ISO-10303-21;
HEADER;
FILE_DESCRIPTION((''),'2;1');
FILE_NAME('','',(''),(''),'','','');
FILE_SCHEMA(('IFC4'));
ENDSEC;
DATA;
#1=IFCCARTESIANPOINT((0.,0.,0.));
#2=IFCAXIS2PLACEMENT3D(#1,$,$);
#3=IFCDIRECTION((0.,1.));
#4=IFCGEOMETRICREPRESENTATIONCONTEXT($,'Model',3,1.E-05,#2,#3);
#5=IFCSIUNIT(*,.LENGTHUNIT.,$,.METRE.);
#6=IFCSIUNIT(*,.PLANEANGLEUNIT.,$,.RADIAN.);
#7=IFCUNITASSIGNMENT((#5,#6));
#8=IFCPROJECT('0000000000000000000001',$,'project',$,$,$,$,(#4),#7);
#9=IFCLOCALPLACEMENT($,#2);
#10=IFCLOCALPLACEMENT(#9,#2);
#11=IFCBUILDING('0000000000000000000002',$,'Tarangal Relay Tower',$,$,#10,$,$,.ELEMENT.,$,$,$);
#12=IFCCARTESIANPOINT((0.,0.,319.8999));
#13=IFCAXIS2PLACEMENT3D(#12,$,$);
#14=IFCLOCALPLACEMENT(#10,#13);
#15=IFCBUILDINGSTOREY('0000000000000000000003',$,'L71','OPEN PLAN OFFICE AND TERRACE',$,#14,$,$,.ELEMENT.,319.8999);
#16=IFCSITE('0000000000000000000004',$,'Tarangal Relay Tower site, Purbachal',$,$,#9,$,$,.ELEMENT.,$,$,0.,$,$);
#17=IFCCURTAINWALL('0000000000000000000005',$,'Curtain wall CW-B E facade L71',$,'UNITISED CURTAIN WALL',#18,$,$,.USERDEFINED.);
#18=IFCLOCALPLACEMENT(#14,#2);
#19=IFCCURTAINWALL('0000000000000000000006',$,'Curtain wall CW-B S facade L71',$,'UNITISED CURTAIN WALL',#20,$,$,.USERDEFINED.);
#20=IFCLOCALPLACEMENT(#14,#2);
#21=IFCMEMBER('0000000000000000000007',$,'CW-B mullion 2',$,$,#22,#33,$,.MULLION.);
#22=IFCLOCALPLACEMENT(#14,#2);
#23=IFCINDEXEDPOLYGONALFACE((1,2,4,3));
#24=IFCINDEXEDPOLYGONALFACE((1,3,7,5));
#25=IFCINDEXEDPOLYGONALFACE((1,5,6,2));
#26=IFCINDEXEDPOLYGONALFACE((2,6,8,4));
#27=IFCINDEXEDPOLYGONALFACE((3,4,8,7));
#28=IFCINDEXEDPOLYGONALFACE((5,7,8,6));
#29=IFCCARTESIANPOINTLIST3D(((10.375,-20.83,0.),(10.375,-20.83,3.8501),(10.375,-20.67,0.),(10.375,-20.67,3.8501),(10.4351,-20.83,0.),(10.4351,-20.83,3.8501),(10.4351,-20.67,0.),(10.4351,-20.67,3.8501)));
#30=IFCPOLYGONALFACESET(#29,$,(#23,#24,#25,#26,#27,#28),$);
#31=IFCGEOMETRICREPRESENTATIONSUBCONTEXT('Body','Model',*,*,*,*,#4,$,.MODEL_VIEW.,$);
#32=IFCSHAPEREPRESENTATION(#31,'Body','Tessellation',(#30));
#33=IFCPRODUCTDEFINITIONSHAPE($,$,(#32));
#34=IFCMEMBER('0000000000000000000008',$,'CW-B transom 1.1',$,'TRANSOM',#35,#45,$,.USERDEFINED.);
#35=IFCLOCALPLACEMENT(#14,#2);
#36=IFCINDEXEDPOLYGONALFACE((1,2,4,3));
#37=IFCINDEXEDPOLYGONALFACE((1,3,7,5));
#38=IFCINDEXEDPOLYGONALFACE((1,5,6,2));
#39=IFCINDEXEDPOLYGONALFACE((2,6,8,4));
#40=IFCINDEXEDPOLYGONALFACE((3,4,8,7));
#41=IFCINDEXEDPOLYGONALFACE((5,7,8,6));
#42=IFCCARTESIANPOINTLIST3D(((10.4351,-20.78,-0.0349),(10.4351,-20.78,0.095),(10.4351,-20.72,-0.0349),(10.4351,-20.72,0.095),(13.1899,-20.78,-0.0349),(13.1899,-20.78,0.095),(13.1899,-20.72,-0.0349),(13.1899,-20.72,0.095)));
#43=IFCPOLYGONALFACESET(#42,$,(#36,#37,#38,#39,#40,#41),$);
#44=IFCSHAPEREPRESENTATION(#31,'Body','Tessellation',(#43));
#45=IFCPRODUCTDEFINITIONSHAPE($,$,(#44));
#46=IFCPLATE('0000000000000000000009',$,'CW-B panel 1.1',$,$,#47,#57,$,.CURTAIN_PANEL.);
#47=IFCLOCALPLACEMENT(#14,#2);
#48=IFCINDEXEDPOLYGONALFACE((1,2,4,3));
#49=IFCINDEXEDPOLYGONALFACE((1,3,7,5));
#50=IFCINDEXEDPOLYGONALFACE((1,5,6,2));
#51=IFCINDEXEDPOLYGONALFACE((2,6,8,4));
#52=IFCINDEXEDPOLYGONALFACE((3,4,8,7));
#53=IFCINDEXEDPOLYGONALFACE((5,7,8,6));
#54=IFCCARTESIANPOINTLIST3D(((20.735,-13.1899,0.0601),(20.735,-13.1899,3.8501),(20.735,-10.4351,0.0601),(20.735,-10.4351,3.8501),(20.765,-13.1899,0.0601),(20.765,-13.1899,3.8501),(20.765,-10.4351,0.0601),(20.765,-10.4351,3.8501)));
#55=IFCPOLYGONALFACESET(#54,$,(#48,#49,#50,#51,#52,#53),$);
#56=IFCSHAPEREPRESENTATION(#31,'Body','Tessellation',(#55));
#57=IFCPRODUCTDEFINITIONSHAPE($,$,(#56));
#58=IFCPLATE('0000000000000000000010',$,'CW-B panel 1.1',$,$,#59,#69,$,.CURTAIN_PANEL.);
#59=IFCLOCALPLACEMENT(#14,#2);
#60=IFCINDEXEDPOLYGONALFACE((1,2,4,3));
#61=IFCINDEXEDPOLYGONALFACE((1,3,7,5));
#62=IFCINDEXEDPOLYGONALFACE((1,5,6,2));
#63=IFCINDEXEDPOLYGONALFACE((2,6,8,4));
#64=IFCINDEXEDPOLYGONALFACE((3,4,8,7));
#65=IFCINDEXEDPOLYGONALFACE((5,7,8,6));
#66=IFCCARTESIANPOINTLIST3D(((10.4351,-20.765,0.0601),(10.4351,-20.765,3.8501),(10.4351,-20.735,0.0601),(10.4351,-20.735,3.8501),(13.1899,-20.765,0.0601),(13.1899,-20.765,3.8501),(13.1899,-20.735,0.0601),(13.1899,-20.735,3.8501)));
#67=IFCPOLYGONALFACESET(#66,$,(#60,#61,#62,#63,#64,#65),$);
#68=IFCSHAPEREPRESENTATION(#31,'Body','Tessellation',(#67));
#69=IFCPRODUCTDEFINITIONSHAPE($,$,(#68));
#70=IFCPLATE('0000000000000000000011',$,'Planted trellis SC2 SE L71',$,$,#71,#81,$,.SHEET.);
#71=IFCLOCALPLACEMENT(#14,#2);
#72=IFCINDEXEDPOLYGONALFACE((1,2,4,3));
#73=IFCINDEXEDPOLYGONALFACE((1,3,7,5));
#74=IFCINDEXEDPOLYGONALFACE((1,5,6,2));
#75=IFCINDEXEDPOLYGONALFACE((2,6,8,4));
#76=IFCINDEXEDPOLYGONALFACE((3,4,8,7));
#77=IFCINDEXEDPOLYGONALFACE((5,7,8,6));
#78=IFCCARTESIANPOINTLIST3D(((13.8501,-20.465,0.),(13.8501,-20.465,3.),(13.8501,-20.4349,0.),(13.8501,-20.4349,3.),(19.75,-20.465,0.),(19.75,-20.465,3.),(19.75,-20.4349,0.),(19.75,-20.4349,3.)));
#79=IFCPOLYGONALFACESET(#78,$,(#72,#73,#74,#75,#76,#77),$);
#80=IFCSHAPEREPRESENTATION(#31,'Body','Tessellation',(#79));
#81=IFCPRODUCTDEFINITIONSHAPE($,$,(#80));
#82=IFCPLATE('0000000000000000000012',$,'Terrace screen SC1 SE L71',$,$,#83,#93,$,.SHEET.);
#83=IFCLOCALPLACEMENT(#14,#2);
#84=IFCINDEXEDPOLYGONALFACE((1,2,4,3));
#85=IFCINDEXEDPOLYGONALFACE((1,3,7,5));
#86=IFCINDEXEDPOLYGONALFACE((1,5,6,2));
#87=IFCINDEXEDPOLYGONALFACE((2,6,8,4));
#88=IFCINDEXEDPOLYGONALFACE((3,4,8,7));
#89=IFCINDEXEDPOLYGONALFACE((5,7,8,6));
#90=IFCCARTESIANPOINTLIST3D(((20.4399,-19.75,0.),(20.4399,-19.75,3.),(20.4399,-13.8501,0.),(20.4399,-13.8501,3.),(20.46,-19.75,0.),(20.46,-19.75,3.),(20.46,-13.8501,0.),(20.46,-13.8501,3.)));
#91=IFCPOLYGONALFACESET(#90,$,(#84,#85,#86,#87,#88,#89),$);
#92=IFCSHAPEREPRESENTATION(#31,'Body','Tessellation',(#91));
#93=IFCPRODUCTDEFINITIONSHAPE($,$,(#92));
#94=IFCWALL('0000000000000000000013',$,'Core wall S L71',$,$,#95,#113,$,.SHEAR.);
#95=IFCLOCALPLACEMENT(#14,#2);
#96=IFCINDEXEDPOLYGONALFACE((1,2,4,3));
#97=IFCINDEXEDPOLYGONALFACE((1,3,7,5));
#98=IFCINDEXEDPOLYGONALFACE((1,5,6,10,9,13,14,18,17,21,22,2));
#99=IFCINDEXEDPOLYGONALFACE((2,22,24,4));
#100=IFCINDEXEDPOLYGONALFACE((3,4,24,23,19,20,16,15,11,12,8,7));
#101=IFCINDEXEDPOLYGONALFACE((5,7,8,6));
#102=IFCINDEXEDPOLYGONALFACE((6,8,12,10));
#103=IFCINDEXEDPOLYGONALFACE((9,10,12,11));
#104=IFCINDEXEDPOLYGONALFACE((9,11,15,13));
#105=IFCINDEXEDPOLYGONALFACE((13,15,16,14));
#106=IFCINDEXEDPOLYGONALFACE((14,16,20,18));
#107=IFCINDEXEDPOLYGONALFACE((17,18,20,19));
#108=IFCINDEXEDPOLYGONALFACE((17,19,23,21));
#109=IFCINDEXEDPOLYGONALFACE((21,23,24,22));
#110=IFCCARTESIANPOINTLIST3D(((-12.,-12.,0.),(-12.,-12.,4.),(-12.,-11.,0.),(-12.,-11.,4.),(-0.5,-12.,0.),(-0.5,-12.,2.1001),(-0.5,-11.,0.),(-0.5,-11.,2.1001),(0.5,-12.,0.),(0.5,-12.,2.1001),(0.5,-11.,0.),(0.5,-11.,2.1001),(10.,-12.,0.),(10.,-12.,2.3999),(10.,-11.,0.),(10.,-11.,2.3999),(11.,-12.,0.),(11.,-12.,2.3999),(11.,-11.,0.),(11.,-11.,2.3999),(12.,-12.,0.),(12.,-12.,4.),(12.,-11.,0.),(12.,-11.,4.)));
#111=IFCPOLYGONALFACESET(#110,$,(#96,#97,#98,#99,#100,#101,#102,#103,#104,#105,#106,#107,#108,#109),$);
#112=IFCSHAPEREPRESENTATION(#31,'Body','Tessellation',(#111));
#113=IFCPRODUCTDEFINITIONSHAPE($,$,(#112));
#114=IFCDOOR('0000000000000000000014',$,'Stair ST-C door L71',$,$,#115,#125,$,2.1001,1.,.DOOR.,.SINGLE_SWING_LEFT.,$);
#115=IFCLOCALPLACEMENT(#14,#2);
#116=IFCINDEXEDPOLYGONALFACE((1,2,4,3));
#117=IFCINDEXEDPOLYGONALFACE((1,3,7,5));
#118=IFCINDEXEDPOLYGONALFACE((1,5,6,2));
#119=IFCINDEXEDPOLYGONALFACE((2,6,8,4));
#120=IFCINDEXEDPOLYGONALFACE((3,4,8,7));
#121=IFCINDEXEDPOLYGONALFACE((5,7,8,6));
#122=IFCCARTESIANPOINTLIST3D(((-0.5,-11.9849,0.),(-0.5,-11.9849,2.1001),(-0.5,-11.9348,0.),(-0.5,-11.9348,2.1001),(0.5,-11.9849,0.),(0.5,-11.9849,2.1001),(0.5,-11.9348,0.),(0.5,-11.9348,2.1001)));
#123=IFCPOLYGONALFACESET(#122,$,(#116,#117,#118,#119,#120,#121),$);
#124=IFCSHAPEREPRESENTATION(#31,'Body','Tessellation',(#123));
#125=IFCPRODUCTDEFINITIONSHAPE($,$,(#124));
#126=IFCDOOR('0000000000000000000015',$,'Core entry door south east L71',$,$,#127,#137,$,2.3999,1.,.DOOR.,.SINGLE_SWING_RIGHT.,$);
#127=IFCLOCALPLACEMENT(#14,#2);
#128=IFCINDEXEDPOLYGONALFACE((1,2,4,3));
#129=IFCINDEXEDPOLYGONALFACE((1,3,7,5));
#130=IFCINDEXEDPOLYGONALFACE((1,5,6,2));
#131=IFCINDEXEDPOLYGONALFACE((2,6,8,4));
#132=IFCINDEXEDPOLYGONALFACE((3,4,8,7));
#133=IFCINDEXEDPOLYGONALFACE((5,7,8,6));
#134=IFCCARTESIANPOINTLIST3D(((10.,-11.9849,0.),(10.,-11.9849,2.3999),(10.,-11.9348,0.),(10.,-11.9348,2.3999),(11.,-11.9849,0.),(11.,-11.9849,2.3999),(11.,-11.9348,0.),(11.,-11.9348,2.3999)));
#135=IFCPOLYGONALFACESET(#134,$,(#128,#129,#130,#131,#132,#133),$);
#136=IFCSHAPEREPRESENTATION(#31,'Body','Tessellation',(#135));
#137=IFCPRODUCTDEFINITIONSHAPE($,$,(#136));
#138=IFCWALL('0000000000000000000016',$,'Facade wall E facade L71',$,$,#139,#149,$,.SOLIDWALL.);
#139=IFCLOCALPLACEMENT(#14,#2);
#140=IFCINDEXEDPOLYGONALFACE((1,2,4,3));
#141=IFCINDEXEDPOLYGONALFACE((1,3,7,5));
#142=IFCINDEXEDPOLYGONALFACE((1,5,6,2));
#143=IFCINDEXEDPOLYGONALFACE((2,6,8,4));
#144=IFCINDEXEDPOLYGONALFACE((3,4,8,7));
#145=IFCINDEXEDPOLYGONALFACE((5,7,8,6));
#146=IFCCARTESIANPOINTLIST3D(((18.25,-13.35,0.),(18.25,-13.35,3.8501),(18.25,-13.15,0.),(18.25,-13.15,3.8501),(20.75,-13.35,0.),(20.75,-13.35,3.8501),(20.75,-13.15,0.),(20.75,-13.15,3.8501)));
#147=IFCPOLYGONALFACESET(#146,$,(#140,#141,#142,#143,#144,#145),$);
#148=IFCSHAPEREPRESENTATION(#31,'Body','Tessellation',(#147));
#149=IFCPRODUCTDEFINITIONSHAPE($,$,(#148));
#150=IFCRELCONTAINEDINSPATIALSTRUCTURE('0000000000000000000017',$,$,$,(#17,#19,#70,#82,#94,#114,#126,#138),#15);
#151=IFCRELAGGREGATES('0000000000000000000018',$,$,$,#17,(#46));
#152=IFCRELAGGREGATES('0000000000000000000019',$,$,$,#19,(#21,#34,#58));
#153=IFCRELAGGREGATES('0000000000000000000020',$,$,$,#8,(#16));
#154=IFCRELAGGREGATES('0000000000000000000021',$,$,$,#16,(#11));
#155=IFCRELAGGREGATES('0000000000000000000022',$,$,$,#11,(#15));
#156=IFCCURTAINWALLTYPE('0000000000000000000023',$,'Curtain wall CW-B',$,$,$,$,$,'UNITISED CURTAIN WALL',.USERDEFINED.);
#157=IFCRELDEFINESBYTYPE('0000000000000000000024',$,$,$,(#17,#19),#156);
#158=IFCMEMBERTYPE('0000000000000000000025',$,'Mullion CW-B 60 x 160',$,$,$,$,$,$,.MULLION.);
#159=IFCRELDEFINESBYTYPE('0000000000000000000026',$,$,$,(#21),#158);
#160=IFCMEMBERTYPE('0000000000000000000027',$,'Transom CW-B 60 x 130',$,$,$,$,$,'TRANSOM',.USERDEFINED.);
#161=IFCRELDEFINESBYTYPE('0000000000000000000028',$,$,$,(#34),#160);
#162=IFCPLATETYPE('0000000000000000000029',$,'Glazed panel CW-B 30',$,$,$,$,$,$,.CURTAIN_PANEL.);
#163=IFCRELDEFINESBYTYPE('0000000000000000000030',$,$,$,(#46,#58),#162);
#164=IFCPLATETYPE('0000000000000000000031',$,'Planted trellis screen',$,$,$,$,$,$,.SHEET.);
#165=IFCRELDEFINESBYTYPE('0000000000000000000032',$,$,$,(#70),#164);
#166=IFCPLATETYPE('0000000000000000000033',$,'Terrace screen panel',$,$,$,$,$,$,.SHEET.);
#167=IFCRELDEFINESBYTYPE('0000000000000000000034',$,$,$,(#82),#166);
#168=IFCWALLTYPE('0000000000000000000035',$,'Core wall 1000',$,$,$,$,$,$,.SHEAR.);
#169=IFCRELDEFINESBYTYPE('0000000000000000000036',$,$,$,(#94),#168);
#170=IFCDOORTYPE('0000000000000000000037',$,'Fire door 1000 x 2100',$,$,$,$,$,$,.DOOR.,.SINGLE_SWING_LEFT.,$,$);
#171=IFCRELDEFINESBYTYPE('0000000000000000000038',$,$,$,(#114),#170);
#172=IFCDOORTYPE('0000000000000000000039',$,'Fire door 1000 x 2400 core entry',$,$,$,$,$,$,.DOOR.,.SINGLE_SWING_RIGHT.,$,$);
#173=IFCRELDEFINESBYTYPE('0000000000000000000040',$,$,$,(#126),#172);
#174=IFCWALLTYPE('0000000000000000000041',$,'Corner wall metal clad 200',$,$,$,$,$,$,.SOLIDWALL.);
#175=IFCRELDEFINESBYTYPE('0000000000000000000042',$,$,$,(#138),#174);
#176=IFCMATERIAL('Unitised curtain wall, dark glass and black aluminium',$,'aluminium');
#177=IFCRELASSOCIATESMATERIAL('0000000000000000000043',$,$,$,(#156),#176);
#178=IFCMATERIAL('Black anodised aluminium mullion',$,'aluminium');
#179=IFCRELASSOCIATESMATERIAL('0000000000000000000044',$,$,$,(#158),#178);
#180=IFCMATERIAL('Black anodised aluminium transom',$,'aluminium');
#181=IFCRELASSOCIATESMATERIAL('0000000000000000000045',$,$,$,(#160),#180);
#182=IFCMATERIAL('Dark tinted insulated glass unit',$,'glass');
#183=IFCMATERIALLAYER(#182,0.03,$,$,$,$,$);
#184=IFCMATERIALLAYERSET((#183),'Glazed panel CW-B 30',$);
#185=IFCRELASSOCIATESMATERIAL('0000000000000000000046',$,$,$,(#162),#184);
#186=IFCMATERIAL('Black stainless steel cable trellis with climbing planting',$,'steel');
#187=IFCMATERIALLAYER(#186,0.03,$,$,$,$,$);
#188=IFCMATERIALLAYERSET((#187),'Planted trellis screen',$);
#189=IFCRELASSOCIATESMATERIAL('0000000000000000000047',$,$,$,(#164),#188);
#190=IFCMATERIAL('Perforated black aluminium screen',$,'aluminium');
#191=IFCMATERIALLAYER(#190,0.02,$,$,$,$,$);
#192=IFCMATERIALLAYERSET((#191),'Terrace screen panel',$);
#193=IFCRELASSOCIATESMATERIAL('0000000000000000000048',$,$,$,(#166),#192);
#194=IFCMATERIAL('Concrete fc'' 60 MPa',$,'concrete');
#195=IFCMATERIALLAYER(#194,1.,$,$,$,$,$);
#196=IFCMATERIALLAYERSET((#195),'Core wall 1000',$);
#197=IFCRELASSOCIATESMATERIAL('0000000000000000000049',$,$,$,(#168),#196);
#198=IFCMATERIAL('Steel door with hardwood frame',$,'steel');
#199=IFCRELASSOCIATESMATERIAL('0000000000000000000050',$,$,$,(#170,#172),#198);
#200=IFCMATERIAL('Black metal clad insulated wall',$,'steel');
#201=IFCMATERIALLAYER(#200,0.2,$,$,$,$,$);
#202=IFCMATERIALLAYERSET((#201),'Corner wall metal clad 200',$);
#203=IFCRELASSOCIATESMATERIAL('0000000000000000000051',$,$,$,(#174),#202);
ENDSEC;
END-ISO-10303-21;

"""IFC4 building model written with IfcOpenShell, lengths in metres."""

from ifc_helpers import new_model, si_unit, direction, frame, frame_2d, origin, origin_2d, place, context, subcontext, project, spatial, rectangle, extrude, material, layer, layer_set, material_profile, profile_set, type_object, element, fill, aggregate, save


model = new_model("IFC4")

# Units and contexts
model_context = context("Model", 3, precision=1e-05, world=origin(), true_north=direction((0.0, 1.0)))
body_context = subcontext(model_context, "Body", "Model", "MODEL_VIEW")
ifc_project = project(units=[si_unit("LENGTHUNIT", "METRE"), si_unit("PLANEANGLEUNIT", "RADIAN")], contexts=[model_context])

# Site, building, storey
site_placement = place(None, origin())
site = spatial("IfcSite", under=ifc_project, at=site_placement, Name="Tarangal Relay Tower site, Purbachal", CompositionType="ELEMENT", RefElevation=0.0)
building_placement = place(site_placement, origin())
building = spatial("IfcBuilding", under=site, at=building_placement, Name="Tarangal Relay Tower", CompositionType="ELEMENT")
storey_placement = place(building_placement, frame((0.0, 0.0, 319.8999)))
storey = spatial("IfcBuildingStorey", under=building, at=storey_placement, Name="L71", Description="OPEN PLAN OFFICE AND TERRACE", CompositionType="ELEMENT", Elevation=319.8999)

# Curtain wall
ifc_material_1 = material(Name="Unitised curtain wall, dark glass and black aluminium", Category="aluminium")
curtain_wall_type = type_object("IfcCurtainWallType", Name="Curtain wall CW-B", ElementType="UNITISED CURTAIN WALL", PredefinedType="USERDEFINED", material=ifc_material_1)
curtain_wall_1_placement = place(storey_placement, origin())
curtain_wall_1 = element("IfcCurtainWall", 1, at=curtain_wall_1_placement, inside=storey, type_object=curtain_wall_type, Name="Curtain wall CW-B E facade L71", ObjectType="UNITISED CURTAIN WALL", PredefinedType="USERDEFINED")
ifc_material_2 = material(Name="Black anodised aluminium mullion", Category="aluminium")
ifc_material_profile_1 = material_profile(ifc_material_2, rectangle(XDim=0.1599, YDim=0.0601, at=origin_2d()), Name="CW-BM 60X160")
ifc_profile_set_1 = profile_set([ifc_material_profile_1], Name="Black anodised aluminium mullion")
member_type_1 = type_object("IfcMemberType", Name="Mullion CW-B 60 x 160", PredefinedType="MULLION", material=ifc_profile_set_1)

# Curtain wall, members
curtain_wall_2_placement = place(storey_placement, origin())
curtain_wall_2 = element("IfcCurtainWall", 2, at=curtain_wall_2_placement, inside=storey, type_object=curtain_wall_type, Name="Curtain wall CW-B S facade L71", ObjectType="UNITISED CURTAIN WALL", PredefinedType="USERDEFINED")
member_1_placement = place(storey_placement, frame((10.405, -20.75, 0.0), z_axis=(0.0, 0.0, 1.0), x_axis=(0.0, -1.0, 0.0)))
member_1 = element("IfcMember", 3, at=member_1_placement, type_object=member_type_1, Name="CW-B mullion 2", PredefinedType="MULLION", context=body_context, shape_type="SweptSolid", body=[
    extrude(rectangle(XDim=0.1599, YDim=0.0601, at=origin_2d()), origin(), (0.0, 0.0, 1.0), 3.8501),
])
ifc_material_3 = material(Name="Black anodised aluminium transom", Category="aluminium")
ifc_material_profile_2 = material_profile(ifc_material_3, rectangle(XDim=0.0601, YDim=0.1299, at=origin_2d()), Name="CW-BT 60X130")
ifc_profile_set_2 = profile_set([ifc_material_profile_2], Name="Black anodised aluminium transom")
member_type_2 = type_object("IfcMemberType", Name="Transom CW-B 60 x 130", ElementType="TRANSOM", PredefinedType="USERDEFINED", material=ifc_profile_set_2)
member_2_placement = place(storey_placement, frame((13.1899, -20.75, 0.03), z_axis=(-1.0, 0.0, 0.0), x_axis=(0.0, -1.0, 0.0)))
member_2 = element("IfcMember", 4, at=member_2_placement, type_object=member_type_2, Name="CW-B transom 1.1", ObjectType="TRANSOM", PredefinedType="USERDEFINED", context=body_context, shape_type="SweptSolid", body=[
    extrude(rectangle(XDim=0.0601, YDim=0.1299, at=origin_2d()), origin(), (0.0, 0.0, 1.0), 2.7549),
])

# Plates
ifc_material_4 = material(Name="Dark tinted insulated glass unit", Category="glass")
ifc_layer_1 = layer(ifc_material_4, 0.03)
ifc_layer_set_1 = layer_set([ifc_layer_1], Name="Glazed panel CW-B 30")
plate_type_1 = type_object("IfcPlateType", Name="Glazed panel CW-B 30", PredefinedType="CURTAIN_PANEL", material=ifc_layer_set_1)
plate_1_placement = place(storey_placement, frame((20.75, -11.8125, 0.0601), z_axis=(0.0, 0.0, 1.0), x_axis=(0.0, -1.0, 0.0)))
plate_1 = element("IfcPlate", 5, at=plate_1_placement, type_object=plate_type_1, Name="CW-B panel 1.1", PredefinedType="CURTAIN_PANEL", context=body_context, shape_type="SweptSolid", body=[
    extrude(rectangle(XDim=2.7549, YDim=0.03, at=origin_2d()), origin(), (0.0, 0.0, 1.0), 3.79),
])
aggregate(curtain_wall_1, [plate_1])
plate_2_placement = place(storey_placement, frame((11.8125, -20.75, 0.0601), z_axis=(0.0, 0.0, 1.0), x_axis=(-1.0, 0.0, 0.0)))
plate_2 = element("IfcPlate", 6, at=plate_2_placement, type_object=plate_type_1, Name="CW-B panel 1.1", PredefinedType="CURTAIN_PANEL", context=body_context, shape_type="SweptSolid", body=[
    extrude(rectangle(XDim=2.7549, YDim=0.03, at=origin_2d()), origin(), (0.0, 0.0, 1.0), 3.79),
])
aggregate(curtain_wall_2, [member_1, member_2, plate_2])

# Plates
ifc_material_5 = material(Name="Black stainless steel cable trellis with climbing planting", Category="steel")
ifc_layer_2 = layer(ifc_material_5, 0.03)
ifc_layer_set_2 = layer_set([ifc_layer_2], Name="Planted trellis screen")
plate_type_2 = type_object("IfcPlateType", Name="Planted trellis screen", PredefinedType="SHEET", material=ifc_layer_set_2)
plate_3_placement = place(storey_placement, frame((16.8, -20.45, 0.0), z_axis=(0.0, 0.0, 1.0), x_axis=(-1.0, 0.0, 0.0)))
element("IfcPlate", 7, at=plate_3_placement, inside=storey, type_object=plate_type_2, Name="Planted trellis SC2 SE L71", PredefinedType="SHEET", context=body_context, shape_type="SweptSolid", body=[
    extrude(rectangle(XDim=5.8999, YDim=0.03, at=origin_2d()), origin(), (0.0, 0.0, 1.0), 3.0),
])
ifc_material_6 = material(Name="Perforated black aluminium screen", Category="aluminium")
ifc_layer_3 = layer(ifc_material_6, 0.02)
ifc_layer_set_3 = layer_set([ifc_layer_3], Name="Terrace screen panel")
plate_type_3 = type_object("IfcPlateType", Name="Terrace screen panel", PredefinedType="SHEET", material=ifc_layer_set_3)
plate_4_placement = place(storey_placement, frame((20.45, -16.8, 0.0), z_axis=(0.0, 0.0, 1.0), x_axis=(0.0, -1.0, 0.0)))
element("IfcPlate", 8, at=plate_4_placement, inside=storey, type_object=plate_type_3, Name="Terrace screen SC1 SE L71", PredefinedType="SHEET", context=body_context, shape_type="SweptSolid", body=[
    extrude(rectangle(XDim=5.8999, YDim=0.02, at=origin_2d()), origin(), (0.0, 0.0, 1.0), 3.0),
])

# Wall, openings, doors
ifc_material_7 = material(Name="Concrete fc' 60 MPa", Category="concrete")
ifc_layer_4 = layer(ifc_material_7, 1.0)
ifc_layer_set_4 = layer_set([ifc_layer_4], Name="Core wall 1000")
wall_type_1 = type_object("IfcWallType", Name="Core wall 1000", PredefinedType="SHEAR", material=ifc_layer_set_4)
wall_1_placement = place(storey_placement, frame((12.0, -11.5, 0.0), z_axis=(0.0, 0.0, 1.0), x_axis=(-1.0, 0.0, 0.0)))
wall_1 = element("IfcWall", 9, at=wall_1_placement, inside=storey, type_object=wall_type_1, Name="Core wall S L71", PredefinedType="SHEAR", context=body_context, shape_type="SweptSolid", body=[
    extrude(rectangle(XDim=24.0, YDim=1.0, at=frame_2d((12.0, 0.0))), origin(), (0.0, 0.0, 1.0), 4.0),
])
opening_1_placement = place(wall_1_placement, frame((11.5, 0.0, 0.0)))
opening_1 = element("IfcOpeningElement", 10, at=opening_1_placement, cuts=wall_1, PredefinedType="OPENING", context=body_context, shape_type="SweptSolid", body=[
    extrude(rectangle(XDim=1.0, YDim=2.1001, at=frame_2d((0.5, 1.05))), frame((0.0, 0.51, 0.0), z_axis=(0.0, -1.0, 0.0), x_axis=(1.0, 0.0, 0.0)), (0.0, 0.0, 1.0), 1.02),
])
opening_2_placement = place(wall_1_placement, frame((1.0, 0.0, 0.0)))
opening_2 = element("IfcOpeningElement", 11, at=opening_2_placement, cuts=wall_1, PredefinedType="OPENING", context=body_context, shape_type="SweptSolid", body=[
    extrude(rectangle(XDim=1.0, YDim=2.3999, at=frame_2d((0.5, 1.2))), frame((0.0, 0.51, 0.0), z_axis=(0.0, -1.0, 0.0), x_axis=(1.0, 0.0, 0.0)), (0.0, 0.0, 1.0), 1.02),
])
ifc_material_8 = material(Name="Steel door with hardwood frame", Category="steel")
door_type_1 = type_object("IfcDoorType", Name="Fire door 1000 x 2100", OperationType="SINGLE_SWING_LEFT", PredefinedType="DOOR", material=ifc_material_8)
door_1_placement = place(opening_1_placement, origin())
door_1 = element("IfcDoor", 12, at=door_1_placement, inside=storey, type_object=door_type_1, Name="Stair ST-C door L71", OperationType="SINGLE_SWING_LEFT", OverallHeight=2.1001, OverallWidth=1.0, PredefinedType="DOOR", context=body_context, shape_type="SweptSolid", body=[
    extrude(rectangle(XDim=1.0, YDim=2.1001, at=frame_2d((0.5, 1.05))), frame((0.0, 0.4849, 0.0), z_axis=(0.0, -1.0, 0.0), x_axis=(1.0, 0.0, 0.0)), (0.0, 0.0, 1.0), 0.05),
])
fill(opening_1, door_1)
door_type_2 = type_object("IfcDoorType", Name="Fire door 1000 x 2400 core entry", OperationType="SINGLE_SWING_RIGHT", PredefinedType="DOOR", material=ifc_material_8)
door_2_placement = place(opening_2_placement, origin())
door_2 = element("IfcDoor", 13, at=door_2_placement, inside=storey, type_object=door_type_2, Name="Core entry door south east L71", OperationType="SINGLE_SWING_RIGHT", OverallHeight=2.3999, OverallWidth=1.0, PredefinedType="DOOR", context=body_context, shape_type="SweptSolid", body=[
    extrude(rectangle(XDim=1.0, YDim=2.3999, at=frame_2d((0.5, 1.2))), frame((0.0, 0.4849, 0.0), z_axis=(0.0, -1.0, 0.0), x_axis=(1.0, 0.0, 0.0)), (0.0, 0.0, 1.0), 0.05),
])
fill(opening_2, door_2)

# Wall
ifc_material_9 = material(Name="Black metal clad insulated wall", Category="steel")
ifc_layer_5 = layer(ifc_material_9, 0.2)
ifc_layer_set_5 = layer_set([ifc_layer_5], Name="Corner wall metal clad 200")
wall_type_2 = type_object("IfcWallType", Name="Corner wall metal clad 200", PredefinedType="SOLIDWALL", material=ifc_layer_set_5)
wall_2_placement = place(storey_placement, frame((20.75, -13.25, 0.0), z_axis=(0.0, 0.0, 1.0), x_axis=(-1.0, 0.0, 0.0)))
element("IfcWall", 14, at=wall_2_placement, inside=storey, type_object=wall_type_2, Name="Facade wall E facade L71", PredefinedType="SOLIDWALL", context=body_context, shape_type="SweptSolid", body=[
    extrude(rectangle(XDim=2.5, YDim=0.2, at=frame_2d((1.25, 0.0))), origin(), (0.0, 0.0, 1.0), 3.8501),
])

save(model, "model.ifc")
